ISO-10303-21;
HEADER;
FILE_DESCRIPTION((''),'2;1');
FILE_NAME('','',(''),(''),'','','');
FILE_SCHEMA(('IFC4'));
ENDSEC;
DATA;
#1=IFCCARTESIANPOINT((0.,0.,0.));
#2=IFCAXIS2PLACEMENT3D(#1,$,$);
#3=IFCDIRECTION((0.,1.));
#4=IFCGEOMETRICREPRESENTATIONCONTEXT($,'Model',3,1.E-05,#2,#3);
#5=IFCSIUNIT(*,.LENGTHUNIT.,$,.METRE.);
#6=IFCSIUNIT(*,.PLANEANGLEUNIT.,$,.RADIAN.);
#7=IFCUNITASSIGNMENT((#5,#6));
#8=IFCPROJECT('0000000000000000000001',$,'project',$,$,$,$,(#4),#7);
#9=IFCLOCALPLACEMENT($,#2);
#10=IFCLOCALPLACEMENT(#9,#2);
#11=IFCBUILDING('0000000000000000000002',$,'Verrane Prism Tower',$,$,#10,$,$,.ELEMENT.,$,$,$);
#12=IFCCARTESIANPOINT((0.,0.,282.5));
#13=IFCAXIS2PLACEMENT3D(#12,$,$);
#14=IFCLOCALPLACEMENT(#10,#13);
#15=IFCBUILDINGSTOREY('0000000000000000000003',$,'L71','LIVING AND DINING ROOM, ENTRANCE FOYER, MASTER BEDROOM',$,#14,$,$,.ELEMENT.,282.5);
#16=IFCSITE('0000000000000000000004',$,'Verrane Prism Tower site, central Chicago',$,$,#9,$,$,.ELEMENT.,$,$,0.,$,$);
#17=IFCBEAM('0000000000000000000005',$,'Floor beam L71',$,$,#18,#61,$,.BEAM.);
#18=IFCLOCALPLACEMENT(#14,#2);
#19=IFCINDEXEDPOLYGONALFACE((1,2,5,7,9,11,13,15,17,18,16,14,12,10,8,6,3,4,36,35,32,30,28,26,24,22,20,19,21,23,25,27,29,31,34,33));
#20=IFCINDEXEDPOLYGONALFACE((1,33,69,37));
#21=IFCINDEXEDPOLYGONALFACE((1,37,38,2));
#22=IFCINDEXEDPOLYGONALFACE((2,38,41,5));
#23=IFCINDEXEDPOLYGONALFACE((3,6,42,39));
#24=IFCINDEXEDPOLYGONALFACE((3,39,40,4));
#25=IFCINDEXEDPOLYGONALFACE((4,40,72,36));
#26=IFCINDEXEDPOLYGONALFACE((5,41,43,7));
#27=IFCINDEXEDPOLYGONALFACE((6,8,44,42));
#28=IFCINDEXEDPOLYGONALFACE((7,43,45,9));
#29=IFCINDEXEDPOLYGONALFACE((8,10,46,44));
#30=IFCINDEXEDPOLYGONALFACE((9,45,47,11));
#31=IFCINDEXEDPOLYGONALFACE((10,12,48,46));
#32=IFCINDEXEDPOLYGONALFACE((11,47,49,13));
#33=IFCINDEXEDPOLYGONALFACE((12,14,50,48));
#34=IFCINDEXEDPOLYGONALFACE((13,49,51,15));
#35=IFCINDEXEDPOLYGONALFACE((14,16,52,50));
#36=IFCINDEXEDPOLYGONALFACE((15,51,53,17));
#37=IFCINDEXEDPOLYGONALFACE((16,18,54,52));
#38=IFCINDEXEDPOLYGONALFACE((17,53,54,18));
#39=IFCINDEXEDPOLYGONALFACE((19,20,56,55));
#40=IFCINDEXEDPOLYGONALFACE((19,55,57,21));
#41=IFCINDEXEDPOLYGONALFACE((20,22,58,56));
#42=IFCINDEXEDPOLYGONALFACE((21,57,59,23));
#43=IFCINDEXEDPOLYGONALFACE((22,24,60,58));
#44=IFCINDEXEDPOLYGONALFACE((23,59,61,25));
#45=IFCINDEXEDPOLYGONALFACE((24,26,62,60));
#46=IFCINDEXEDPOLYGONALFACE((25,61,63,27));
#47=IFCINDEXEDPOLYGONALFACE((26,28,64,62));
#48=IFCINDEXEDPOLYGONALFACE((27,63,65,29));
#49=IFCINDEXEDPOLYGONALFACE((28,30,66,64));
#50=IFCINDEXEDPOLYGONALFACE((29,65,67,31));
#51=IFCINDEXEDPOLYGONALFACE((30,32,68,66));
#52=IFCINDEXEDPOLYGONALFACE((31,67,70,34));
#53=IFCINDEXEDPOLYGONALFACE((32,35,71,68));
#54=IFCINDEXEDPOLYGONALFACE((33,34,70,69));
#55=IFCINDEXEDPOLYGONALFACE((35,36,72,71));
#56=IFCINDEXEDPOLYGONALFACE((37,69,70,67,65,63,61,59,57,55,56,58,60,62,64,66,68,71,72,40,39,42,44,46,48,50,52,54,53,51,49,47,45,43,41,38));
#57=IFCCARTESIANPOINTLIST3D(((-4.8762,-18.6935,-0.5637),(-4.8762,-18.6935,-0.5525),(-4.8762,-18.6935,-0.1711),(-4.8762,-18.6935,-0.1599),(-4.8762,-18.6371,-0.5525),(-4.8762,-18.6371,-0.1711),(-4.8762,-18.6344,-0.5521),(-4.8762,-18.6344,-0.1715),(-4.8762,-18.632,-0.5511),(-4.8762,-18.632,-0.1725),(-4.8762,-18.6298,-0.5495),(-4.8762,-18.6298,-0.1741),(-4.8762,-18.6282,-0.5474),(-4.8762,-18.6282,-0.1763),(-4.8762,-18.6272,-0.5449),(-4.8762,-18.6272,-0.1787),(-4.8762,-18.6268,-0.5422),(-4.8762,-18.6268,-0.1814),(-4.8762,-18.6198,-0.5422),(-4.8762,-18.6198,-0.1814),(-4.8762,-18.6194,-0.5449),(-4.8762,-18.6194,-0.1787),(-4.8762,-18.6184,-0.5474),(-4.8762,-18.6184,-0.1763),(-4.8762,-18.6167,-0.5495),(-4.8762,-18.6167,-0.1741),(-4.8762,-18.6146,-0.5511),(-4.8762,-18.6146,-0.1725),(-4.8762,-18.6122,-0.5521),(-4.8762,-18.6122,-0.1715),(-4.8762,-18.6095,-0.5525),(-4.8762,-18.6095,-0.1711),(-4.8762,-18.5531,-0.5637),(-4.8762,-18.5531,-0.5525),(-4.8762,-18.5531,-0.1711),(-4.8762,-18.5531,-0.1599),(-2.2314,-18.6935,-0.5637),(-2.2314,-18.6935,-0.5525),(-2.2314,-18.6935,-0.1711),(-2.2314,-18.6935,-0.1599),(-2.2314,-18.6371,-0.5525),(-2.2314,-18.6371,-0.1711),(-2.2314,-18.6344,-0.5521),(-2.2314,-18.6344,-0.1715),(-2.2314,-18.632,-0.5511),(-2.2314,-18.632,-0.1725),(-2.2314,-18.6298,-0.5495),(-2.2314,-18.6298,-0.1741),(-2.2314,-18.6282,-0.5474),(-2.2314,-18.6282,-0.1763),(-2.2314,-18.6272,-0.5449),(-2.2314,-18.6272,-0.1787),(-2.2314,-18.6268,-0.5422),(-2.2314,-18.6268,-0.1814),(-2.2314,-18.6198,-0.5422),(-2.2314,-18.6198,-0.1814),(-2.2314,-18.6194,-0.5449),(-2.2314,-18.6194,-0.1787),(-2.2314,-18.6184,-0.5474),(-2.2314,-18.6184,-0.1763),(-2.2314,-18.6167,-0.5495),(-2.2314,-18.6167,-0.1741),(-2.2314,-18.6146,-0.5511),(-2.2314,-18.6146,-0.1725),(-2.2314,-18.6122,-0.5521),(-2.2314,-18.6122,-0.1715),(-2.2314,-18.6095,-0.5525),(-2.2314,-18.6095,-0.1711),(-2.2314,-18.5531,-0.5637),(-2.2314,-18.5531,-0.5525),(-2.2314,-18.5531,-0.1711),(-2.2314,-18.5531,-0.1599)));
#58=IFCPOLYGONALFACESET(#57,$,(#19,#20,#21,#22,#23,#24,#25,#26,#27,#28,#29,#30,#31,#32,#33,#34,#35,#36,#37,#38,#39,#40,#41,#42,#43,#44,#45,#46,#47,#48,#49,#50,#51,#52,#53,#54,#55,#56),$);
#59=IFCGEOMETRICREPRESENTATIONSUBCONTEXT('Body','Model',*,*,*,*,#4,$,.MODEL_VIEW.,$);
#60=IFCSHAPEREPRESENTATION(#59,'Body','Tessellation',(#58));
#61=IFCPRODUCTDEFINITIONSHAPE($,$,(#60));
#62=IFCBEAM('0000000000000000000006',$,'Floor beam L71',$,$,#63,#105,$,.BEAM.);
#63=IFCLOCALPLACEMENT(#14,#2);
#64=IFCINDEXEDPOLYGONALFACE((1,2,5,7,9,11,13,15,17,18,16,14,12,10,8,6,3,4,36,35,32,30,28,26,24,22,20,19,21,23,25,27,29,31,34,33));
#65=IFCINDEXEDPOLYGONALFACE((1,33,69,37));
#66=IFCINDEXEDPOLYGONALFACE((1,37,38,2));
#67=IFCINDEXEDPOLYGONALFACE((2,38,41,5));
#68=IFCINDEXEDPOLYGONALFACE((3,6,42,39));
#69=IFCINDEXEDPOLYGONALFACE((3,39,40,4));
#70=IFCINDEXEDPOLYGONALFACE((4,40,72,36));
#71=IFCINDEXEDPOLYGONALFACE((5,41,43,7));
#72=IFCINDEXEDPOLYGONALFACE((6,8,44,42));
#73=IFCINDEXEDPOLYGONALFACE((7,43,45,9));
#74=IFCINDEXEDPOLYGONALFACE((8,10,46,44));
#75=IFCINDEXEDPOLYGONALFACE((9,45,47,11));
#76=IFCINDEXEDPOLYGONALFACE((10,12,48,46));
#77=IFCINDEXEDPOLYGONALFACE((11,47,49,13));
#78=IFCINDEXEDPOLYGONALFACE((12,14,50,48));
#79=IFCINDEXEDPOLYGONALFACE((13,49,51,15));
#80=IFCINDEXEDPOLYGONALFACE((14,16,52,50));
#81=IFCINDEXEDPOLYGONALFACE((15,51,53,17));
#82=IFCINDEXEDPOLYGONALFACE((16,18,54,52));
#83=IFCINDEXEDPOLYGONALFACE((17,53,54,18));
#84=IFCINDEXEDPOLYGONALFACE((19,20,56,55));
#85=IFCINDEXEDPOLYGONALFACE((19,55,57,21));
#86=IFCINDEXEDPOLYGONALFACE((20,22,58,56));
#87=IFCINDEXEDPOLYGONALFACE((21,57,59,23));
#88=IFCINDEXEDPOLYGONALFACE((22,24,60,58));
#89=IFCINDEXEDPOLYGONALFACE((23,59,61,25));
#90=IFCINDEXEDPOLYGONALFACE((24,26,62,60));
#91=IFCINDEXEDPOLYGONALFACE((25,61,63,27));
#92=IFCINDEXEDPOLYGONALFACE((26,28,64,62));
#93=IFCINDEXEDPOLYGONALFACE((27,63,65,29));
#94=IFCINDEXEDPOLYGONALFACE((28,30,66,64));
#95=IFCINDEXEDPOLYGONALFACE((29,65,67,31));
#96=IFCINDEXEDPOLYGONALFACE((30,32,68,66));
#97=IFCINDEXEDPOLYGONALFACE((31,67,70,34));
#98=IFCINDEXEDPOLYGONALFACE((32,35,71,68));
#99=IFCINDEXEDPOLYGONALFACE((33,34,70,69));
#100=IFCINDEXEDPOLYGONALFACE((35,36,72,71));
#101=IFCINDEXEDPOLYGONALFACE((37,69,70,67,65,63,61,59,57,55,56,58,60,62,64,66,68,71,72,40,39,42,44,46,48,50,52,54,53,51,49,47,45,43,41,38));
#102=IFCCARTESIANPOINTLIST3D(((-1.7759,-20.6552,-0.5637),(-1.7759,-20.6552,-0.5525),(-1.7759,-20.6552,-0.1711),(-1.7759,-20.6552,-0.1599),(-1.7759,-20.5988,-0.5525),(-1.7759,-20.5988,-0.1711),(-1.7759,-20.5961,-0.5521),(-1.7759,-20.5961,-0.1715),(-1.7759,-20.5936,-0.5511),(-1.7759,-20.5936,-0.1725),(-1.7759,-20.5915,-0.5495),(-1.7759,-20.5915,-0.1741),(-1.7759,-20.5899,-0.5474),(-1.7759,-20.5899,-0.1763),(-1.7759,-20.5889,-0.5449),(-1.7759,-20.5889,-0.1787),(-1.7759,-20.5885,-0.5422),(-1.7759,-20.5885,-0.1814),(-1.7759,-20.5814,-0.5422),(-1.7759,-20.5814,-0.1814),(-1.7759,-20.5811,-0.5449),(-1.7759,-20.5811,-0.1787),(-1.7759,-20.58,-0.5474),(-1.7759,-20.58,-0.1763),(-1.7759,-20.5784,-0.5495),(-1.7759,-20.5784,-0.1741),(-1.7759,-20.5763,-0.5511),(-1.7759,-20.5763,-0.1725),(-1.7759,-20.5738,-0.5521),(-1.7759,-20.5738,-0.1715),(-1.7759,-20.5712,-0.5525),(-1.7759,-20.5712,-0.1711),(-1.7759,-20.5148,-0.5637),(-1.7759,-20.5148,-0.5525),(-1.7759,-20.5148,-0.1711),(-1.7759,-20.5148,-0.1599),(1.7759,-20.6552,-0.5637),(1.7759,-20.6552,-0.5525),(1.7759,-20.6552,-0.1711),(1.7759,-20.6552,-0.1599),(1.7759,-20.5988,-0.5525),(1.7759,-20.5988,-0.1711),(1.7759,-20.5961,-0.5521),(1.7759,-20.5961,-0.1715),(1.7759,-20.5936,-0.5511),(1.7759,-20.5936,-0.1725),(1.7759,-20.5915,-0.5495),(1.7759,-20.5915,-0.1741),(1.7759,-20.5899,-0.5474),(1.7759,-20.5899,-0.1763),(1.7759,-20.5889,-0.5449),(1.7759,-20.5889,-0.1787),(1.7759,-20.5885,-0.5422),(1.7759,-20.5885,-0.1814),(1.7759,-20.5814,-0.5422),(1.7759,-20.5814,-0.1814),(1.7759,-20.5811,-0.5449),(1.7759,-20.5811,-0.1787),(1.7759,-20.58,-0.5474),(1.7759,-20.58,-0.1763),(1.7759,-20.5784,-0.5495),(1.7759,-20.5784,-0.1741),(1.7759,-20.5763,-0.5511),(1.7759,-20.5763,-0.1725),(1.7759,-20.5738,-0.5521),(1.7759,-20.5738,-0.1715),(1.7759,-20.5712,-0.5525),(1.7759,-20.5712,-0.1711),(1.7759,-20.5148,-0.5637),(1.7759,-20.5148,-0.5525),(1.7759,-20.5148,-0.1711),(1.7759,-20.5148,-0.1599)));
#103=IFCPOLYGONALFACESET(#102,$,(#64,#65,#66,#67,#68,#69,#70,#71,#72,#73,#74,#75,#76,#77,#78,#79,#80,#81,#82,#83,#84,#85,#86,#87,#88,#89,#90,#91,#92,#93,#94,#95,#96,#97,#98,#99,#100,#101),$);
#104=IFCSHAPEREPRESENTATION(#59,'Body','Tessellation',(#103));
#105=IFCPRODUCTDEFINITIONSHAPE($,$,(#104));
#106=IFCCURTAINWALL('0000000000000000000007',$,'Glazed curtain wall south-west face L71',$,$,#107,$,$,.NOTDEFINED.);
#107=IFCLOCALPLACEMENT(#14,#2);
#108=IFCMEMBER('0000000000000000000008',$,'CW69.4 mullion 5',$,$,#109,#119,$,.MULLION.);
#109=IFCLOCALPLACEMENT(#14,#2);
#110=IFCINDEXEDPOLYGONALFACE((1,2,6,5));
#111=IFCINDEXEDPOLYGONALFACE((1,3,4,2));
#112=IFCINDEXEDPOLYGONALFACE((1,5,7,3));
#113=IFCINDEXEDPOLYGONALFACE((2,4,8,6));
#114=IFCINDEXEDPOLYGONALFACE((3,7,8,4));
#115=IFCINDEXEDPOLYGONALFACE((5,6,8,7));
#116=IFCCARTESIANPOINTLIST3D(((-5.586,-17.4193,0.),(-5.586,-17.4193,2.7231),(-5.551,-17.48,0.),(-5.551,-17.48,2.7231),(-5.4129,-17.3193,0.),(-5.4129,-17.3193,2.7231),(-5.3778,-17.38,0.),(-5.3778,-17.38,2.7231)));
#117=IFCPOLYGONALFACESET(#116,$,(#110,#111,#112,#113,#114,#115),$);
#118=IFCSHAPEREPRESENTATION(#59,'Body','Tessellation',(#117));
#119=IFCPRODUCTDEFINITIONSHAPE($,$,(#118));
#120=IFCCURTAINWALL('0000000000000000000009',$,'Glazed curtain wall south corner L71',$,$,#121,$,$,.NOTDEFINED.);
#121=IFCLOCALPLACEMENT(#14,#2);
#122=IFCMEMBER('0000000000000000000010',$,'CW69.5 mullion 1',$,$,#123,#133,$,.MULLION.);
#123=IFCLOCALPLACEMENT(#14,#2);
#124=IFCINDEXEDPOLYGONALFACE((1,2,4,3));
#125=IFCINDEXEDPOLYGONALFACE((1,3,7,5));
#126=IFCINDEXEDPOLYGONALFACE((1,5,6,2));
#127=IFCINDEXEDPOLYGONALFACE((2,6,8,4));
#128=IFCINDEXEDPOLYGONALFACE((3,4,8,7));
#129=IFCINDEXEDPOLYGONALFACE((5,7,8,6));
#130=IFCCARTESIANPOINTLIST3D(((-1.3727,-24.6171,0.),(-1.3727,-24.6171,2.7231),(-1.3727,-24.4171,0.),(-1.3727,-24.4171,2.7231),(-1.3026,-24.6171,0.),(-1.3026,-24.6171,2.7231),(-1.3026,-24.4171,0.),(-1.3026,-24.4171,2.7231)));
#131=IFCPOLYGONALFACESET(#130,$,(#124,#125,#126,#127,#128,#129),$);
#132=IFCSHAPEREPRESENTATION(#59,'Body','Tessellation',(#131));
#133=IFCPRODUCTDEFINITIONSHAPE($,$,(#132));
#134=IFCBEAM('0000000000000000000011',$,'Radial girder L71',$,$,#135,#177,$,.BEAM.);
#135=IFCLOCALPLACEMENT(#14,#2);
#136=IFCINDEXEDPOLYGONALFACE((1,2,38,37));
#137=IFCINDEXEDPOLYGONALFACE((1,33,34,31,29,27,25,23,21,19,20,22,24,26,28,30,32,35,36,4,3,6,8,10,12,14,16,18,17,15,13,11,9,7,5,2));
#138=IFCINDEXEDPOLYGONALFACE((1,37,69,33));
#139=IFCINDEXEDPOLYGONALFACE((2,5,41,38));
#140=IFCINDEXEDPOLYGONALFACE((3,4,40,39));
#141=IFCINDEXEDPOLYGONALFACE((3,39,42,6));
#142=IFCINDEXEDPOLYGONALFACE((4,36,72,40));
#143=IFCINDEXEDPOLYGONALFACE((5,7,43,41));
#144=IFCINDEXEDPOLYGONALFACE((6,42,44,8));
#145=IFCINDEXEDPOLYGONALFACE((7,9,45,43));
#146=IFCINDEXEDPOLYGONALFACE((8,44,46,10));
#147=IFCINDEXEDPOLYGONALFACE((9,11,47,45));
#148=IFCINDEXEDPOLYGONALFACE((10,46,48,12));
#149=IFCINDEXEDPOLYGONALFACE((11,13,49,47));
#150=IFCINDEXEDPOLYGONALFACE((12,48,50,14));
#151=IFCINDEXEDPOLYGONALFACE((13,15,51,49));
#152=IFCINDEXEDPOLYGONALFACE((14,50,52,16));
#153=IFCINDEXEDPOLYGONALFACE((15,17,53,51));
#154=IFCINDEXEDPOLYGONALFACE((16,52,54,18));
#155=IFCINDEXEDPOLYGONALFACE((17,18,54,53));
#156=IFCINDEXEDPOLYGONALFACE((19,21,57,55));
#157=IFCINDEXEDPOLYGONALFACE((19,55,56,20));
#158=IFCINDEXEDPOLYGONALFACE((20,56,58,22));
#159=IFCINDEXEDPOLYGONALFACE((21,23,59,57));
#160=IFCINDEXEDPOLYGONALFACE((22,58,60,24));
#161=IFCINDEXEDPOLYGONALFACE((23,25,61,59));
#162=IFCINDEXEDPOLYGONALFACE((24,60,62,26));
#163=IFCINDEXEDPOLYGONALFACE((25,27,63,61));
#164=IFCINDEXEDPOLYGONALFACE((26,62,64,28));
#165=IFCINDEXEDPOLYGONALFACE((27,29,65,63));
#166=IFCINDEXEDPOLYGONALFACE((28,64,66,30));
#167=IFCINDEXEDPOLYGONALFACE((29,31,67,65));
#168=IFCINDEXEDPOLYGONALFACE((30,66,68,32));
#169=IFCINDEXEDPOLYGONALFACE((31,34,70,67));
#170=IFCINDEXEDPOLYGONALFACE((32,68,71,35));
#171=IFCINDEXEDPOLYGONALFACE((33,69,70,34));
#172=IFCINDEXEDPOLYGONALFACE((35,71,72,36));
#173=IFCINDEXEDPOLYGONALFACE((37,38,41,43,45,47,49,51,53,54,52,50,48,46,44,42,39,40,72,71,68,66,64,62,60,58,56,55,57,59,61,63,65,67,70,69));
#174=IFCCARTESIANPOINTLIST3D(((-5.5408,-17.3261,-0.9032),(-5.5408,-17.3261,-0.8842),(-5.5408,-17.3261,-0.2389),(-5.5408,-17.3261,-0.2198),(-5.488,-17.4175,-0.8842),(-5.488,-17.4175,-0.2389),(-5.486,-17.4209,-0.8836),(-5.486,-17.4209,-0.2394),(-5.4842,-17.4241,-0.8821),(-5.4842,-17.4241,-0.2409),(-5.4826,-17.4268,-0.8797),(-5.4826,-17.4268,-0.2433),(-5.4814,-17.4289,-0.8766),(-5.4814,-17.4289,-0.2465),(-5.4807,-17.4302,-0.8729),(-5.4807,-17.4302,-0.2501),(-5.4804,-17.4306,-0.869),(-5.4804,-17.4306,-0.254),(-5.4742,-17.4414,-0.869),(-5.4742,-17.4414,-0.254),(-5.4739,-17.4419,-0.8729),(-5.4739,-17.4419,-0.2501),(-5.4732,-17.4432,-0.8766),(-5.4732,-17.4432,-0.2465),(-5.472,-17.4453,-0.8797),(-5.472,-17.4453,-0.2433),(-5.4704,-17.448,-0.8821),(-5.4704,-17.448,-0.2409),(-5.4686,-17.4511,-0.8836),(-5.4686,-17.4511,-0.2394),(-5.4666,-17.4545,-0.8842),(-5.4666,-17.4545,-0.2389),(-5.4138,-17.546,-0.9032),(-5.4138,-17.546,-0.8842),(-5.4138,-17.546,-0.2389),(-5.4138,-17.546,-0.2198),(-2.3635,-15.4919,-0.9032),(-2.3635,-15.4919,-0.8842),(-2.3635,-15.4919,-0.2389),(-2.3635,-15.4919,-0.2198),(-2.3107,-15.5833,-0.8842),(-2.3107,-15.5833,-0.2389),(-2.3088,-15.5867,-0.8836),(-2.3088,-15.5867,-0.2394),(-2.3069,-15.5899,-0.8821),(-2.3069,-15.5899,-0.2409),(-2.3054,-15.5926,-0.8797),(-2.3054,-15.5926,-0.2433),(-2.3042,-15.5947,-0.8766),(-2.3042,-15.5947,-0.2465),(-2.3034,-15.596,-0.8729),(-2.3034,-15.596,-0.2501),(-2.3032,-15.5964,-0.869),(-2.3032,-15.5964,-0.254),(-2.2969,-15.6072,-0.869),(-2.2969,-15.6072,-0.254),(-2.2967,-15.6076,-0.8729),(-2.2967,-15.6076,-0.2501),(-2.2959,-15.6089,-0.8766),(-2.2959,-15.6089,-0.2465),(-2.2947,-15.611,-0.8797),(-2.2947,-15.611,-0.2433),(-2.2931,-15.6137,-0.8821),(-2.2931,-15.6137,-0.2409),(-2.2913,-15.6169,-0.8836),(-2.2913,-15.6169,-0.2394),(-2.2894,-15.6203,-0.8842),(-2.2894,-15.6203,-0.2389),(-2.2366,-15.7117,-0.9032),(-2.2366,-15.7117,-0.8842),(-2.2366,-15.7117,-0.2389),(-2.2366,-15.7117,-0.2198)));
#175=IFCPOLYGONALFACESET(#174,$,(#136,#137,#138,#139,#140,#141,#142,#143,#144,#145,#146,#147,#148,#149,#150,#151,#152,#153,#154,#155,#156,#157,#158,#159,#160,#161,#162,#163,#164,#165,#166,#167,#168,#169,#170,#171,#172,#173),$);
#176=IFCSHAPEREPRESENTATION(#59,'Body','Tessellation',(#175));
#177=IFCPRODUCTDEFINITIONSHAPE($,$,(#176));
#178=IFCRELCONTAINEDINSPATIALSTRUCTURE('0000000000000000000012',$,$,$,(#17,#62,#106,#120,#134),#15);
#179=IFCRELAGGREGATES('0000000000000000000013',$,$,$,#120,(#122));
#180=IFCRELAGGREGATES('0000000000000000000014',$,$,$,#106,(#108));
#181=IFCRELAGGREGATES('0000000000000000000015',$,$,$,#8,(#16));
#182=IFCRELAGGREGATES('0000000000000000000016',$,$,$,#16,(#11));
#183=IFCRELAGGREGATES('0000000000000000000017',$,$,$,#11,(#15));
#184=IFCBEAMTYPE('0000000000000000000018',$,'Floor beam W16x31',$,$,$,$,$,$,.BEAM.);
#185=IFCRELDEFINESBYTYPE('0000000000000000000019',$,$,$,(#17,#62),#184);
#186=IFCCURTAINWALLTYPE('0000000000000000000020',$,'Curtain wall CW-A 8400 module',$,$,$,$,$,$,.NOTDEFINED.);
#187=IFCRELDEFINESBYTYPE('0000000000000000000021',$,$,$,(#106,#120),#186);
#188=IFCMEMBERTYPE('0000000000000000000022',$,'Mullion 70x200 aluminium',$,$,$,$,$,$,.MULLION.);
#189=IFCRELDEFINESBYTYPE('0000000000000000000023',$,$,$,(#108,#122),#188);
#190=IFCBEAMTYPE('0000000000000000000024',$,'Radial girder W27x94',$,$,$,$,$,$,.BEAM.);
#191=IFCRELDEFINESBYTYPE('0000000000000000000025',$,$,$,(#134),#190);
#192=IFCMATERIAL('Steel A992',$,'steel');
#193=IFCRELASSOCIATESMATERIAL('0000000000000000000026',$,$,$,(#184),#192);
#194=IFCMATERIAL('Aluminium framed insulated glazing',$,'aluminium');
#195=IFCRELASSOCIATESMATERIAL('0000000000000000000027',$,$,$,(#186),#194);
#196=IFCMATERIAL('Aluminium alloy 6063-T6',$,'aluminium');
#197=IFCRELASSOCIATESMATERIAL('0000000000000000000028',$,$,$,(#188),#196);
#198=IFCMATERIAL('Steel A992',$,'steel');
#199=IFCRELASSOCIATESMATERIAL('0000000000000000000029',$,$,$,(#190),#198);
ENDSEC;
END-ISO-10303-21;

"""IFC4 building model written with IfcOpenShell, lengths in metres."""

from ifc_helpers import new_model, si_unit, direction, frame, origin, origin_2d, place, context, subcontext, project, spatial, rectangle, i_section, extrude, material, material_profile, profile_set, type_object, element, aggregate, save


model = new_model("IFC4")

# Units and contexts
model_context = context("Model", 3, precision=1e-05, world=origin(), true_north=direction((0.0, 1.0)))
body_context = subcontext(model_context, "Body", "Model", "MODEL_VIEW")
ifc_project = project(units=[si_unit("LENGTHUNIT", "METRE"), si_unit("PLANEANGLEUNIT", "RADIAN")], contexts=[model_context])

# Site, building, storey
site_placement = place(None, origin())
site = spatial("IfcSite", under=ifc_project, at=site_placement, Name="Verrane Prism Tower site, central Chicago", CompositionType="ELEMENT", RefElevation=0.0)
building_placement = place(site_placement, origin())
building = spatial("IfcBuilding", under=site, at=building_placement, Name="Verrane Prism Tower", CompositionType="ELEMENT")
storey_placement = place(building_placement, frame((0.0, 0.0, 282.5)))
storey = spatial("IfcBuildingStorey", under=building, at=storey_placement, Name="L71", Description="LIVING AND DINING ROOM, ENTRANCE FOYER, MASTER BEDROOM", CompositionType="ELEMENT", Elevation=282.5)

# Beams
ifc_material_1 = material(Name="Steel A992", Category="steel")
ifc_material_profile_1 = material_profile(ifc_material_1, i_section(OverallWidth=0.1404, OverallDepth=0.4038, WebThickness=0.0071, FlangeThickness=0.0112, FilletRadius=0.0103, at=origin_2d()), Name="W16x31")
ifc_profile_set_1 = profile_set([ifc_material_profile_1], Name="Steel A992")
beam_type_1 = type_object("IfcBeamType", Name="Floor beam W16x31", PredefinedType="BEAM", material=ifc_profile_set_1)
beam_1_placement = place(storey_placement, frame((-4.8762, -18.6233, -0.3618), z_axis=(1.0, 0.0, 0.0), x_axis=(0.0, 1.0, 0.0)))
element("IfcBeam", 1, at=beam_1_placement, inside=storey, type_object=beam_type_1, Name="Floor beam L71", PredefinedType="BEAM", context=body_context, shape_type="SweptSolid", body=[
    extrude(i_section(OverallWidth=0.1404, OverallDepth=0.4038, WebThickness=0.0071, FlangeThickness=0.0112, FilletRadius=0.0103, at=origin_2d()), origin(), (0.0, 0.0, 1.0), 2.6448),
])
beam_2_placement = place(storey_placement, frame((-1.7759, -20.585, -0.3618), z_axis=(1.0, 0.0, 0.0), x_axis=(0.0, 1.0, 0.0)))
element("IfcBeam", 2, at=beam_2_placement, inside=storey, type_object=beam_type_1, Name="Floor beam L71", PredefinedType="BEAM", context=body_context, shape_type="SweptSolid", body=[
    extrude(i_section(OverallWidth=0.1404, OverallDepth=0.4038, WebThickness=0.0071, FlangeThickness=0.0112, FilletRadius=0.0103, at=origin_2d()), origin(), (0.0, 0.0, 1.0), 3.5518),
])

# Curtain walls, members
ifc_material_2 = material(Name="Aluminium framed insulated glazing", Category="aluminium")
curtain_wall_type = type_object("IfcCurtainWallType", Name="Curtain wall CW-A 8400 module", PredefinedType="NOTDEFINED", material=ifc_material_2)
curtain_wall_1_placement = place(storey_placement, origin())
curtain_wall_1 = element("IfcCurtainWall", 3, at=curtain_wall_1_placement, inside=storey, type_object=curtain_wall_type, Name="Glazed curtain wall south-west face L71", PredefinedType="NOTDEFINED")
ifc_material_3 = material(Name="Aluminium alloy 6063-T6", Category="aluminium")
ifc_material_profile_2 = material_profile(ifc_material_3, rectangle(XDim=0.2, YDim=0.0701, at=origin_2d()), Name="Mullion 70x200 aluminium")
ifc_profile_set_2 = profile_set([ifc_material_profile_2], Name="Aluminium alloy 6063-T6")
member_type_1 = type_object("IfcMemberType", Name="Mullion 70x200 aluminium", PredefinedType="MULLION", material=ifc_profile_set_2)
member_1_placement = place(storey_placement, frame((-5.4819, -17.3997, 0.0), z_axis=(0.0, 0.0, 1.0), x_axis=(0.866025, 0.500001, 0.0)))
member_1 = element("IfcMember", 4, at=member_1_placement, type_object=member_type_1, Name="CW69.4 mullion 5", PredefinedType="MULLION", context=body_context, shape_type="SweptSolid", body=[
    extrude(rectangle(XDim=0.2, YDim=0.0701, at=origin_2d()), origin(), (0.0, 0.0, 1.0), 2.7231),
])
curtain_wall_2_placement = place(storey_placement, origin())
curtain_wall_2 = element("IfcCurtainWall", 5, at=curtain_wall_2_placement, inside=storey, type_object=curtain_wall_type, Name="Glazed curtain wall south corner L71", PredefinedType="NOTDEFINED")
member_2_placement = place(storey_placement, frame((-1.3376, -24.5171, 0.0), z_axis=(0.0, 0.0, 1.0), x_axis=(0.0, 1.0, 0.0)))
member_2 = element("IfcMember", 6, at=member_2_placement, type_object=member_type_1, Name="CW69.5 mullion 1", PredefinedType="MULLION", context=body_context, shape_type="SweptSolid", body=[
    extrude(rectangle(XDim=0.2, YDim=0.0701, at=origin_2d()), origin(), (0.0, 0.0, 1.0), 2.7231),
])

# Beam
ifc_material_4 = material(Name="Steel A992", Category="steel")
ifc_material_profile_3 = material_profile(ifc_material_4, i_section(OverallWidth=0.2539, OverallDepth=0.6833, WebThickness=0.0125, FlangeThickness=0.019, FilletRadius=0.0151, at=origin_2d()), Name="W27x94")
ifc_profile_set_3 = profile_set([ifc_material_profile_3], Name="Steel A992")
beam_type_2 = type_object("IfcBeamType", Name="Radial girder W27x94", PredefinedType="BEAM", material=ifc_profile_set_3)
beam_3_placement = place(storey_placement, frame((-5.4773, -17.436, -0.5615), z_axis=(0.866044, 0.499968, 0.0), x_axis=(-0.499968, 0.866044, 0.0)))
element("IfcBeam", 7, at=beam_3_placement, inside=storey, type_object=beam_type_2, Name="Radial girder L71", PredefinedType="BEAM", context=body_context, shape_type="SweptSolid", body=[
    extrude(i_section(OverallWidth=0.2539, OverallDepth=0.6833, WebThickness=0.0125, FlangeThickness=0.019, FilletRadius=0.0151, at=origin_2d()), origin(), (0.0, 0.0, 1.0), 3.6687),
])

aggregate(curtain_wall_2, [member_2])

aggregate(curtain_wall_1, [member_1])

save(model, "model.ifc")
